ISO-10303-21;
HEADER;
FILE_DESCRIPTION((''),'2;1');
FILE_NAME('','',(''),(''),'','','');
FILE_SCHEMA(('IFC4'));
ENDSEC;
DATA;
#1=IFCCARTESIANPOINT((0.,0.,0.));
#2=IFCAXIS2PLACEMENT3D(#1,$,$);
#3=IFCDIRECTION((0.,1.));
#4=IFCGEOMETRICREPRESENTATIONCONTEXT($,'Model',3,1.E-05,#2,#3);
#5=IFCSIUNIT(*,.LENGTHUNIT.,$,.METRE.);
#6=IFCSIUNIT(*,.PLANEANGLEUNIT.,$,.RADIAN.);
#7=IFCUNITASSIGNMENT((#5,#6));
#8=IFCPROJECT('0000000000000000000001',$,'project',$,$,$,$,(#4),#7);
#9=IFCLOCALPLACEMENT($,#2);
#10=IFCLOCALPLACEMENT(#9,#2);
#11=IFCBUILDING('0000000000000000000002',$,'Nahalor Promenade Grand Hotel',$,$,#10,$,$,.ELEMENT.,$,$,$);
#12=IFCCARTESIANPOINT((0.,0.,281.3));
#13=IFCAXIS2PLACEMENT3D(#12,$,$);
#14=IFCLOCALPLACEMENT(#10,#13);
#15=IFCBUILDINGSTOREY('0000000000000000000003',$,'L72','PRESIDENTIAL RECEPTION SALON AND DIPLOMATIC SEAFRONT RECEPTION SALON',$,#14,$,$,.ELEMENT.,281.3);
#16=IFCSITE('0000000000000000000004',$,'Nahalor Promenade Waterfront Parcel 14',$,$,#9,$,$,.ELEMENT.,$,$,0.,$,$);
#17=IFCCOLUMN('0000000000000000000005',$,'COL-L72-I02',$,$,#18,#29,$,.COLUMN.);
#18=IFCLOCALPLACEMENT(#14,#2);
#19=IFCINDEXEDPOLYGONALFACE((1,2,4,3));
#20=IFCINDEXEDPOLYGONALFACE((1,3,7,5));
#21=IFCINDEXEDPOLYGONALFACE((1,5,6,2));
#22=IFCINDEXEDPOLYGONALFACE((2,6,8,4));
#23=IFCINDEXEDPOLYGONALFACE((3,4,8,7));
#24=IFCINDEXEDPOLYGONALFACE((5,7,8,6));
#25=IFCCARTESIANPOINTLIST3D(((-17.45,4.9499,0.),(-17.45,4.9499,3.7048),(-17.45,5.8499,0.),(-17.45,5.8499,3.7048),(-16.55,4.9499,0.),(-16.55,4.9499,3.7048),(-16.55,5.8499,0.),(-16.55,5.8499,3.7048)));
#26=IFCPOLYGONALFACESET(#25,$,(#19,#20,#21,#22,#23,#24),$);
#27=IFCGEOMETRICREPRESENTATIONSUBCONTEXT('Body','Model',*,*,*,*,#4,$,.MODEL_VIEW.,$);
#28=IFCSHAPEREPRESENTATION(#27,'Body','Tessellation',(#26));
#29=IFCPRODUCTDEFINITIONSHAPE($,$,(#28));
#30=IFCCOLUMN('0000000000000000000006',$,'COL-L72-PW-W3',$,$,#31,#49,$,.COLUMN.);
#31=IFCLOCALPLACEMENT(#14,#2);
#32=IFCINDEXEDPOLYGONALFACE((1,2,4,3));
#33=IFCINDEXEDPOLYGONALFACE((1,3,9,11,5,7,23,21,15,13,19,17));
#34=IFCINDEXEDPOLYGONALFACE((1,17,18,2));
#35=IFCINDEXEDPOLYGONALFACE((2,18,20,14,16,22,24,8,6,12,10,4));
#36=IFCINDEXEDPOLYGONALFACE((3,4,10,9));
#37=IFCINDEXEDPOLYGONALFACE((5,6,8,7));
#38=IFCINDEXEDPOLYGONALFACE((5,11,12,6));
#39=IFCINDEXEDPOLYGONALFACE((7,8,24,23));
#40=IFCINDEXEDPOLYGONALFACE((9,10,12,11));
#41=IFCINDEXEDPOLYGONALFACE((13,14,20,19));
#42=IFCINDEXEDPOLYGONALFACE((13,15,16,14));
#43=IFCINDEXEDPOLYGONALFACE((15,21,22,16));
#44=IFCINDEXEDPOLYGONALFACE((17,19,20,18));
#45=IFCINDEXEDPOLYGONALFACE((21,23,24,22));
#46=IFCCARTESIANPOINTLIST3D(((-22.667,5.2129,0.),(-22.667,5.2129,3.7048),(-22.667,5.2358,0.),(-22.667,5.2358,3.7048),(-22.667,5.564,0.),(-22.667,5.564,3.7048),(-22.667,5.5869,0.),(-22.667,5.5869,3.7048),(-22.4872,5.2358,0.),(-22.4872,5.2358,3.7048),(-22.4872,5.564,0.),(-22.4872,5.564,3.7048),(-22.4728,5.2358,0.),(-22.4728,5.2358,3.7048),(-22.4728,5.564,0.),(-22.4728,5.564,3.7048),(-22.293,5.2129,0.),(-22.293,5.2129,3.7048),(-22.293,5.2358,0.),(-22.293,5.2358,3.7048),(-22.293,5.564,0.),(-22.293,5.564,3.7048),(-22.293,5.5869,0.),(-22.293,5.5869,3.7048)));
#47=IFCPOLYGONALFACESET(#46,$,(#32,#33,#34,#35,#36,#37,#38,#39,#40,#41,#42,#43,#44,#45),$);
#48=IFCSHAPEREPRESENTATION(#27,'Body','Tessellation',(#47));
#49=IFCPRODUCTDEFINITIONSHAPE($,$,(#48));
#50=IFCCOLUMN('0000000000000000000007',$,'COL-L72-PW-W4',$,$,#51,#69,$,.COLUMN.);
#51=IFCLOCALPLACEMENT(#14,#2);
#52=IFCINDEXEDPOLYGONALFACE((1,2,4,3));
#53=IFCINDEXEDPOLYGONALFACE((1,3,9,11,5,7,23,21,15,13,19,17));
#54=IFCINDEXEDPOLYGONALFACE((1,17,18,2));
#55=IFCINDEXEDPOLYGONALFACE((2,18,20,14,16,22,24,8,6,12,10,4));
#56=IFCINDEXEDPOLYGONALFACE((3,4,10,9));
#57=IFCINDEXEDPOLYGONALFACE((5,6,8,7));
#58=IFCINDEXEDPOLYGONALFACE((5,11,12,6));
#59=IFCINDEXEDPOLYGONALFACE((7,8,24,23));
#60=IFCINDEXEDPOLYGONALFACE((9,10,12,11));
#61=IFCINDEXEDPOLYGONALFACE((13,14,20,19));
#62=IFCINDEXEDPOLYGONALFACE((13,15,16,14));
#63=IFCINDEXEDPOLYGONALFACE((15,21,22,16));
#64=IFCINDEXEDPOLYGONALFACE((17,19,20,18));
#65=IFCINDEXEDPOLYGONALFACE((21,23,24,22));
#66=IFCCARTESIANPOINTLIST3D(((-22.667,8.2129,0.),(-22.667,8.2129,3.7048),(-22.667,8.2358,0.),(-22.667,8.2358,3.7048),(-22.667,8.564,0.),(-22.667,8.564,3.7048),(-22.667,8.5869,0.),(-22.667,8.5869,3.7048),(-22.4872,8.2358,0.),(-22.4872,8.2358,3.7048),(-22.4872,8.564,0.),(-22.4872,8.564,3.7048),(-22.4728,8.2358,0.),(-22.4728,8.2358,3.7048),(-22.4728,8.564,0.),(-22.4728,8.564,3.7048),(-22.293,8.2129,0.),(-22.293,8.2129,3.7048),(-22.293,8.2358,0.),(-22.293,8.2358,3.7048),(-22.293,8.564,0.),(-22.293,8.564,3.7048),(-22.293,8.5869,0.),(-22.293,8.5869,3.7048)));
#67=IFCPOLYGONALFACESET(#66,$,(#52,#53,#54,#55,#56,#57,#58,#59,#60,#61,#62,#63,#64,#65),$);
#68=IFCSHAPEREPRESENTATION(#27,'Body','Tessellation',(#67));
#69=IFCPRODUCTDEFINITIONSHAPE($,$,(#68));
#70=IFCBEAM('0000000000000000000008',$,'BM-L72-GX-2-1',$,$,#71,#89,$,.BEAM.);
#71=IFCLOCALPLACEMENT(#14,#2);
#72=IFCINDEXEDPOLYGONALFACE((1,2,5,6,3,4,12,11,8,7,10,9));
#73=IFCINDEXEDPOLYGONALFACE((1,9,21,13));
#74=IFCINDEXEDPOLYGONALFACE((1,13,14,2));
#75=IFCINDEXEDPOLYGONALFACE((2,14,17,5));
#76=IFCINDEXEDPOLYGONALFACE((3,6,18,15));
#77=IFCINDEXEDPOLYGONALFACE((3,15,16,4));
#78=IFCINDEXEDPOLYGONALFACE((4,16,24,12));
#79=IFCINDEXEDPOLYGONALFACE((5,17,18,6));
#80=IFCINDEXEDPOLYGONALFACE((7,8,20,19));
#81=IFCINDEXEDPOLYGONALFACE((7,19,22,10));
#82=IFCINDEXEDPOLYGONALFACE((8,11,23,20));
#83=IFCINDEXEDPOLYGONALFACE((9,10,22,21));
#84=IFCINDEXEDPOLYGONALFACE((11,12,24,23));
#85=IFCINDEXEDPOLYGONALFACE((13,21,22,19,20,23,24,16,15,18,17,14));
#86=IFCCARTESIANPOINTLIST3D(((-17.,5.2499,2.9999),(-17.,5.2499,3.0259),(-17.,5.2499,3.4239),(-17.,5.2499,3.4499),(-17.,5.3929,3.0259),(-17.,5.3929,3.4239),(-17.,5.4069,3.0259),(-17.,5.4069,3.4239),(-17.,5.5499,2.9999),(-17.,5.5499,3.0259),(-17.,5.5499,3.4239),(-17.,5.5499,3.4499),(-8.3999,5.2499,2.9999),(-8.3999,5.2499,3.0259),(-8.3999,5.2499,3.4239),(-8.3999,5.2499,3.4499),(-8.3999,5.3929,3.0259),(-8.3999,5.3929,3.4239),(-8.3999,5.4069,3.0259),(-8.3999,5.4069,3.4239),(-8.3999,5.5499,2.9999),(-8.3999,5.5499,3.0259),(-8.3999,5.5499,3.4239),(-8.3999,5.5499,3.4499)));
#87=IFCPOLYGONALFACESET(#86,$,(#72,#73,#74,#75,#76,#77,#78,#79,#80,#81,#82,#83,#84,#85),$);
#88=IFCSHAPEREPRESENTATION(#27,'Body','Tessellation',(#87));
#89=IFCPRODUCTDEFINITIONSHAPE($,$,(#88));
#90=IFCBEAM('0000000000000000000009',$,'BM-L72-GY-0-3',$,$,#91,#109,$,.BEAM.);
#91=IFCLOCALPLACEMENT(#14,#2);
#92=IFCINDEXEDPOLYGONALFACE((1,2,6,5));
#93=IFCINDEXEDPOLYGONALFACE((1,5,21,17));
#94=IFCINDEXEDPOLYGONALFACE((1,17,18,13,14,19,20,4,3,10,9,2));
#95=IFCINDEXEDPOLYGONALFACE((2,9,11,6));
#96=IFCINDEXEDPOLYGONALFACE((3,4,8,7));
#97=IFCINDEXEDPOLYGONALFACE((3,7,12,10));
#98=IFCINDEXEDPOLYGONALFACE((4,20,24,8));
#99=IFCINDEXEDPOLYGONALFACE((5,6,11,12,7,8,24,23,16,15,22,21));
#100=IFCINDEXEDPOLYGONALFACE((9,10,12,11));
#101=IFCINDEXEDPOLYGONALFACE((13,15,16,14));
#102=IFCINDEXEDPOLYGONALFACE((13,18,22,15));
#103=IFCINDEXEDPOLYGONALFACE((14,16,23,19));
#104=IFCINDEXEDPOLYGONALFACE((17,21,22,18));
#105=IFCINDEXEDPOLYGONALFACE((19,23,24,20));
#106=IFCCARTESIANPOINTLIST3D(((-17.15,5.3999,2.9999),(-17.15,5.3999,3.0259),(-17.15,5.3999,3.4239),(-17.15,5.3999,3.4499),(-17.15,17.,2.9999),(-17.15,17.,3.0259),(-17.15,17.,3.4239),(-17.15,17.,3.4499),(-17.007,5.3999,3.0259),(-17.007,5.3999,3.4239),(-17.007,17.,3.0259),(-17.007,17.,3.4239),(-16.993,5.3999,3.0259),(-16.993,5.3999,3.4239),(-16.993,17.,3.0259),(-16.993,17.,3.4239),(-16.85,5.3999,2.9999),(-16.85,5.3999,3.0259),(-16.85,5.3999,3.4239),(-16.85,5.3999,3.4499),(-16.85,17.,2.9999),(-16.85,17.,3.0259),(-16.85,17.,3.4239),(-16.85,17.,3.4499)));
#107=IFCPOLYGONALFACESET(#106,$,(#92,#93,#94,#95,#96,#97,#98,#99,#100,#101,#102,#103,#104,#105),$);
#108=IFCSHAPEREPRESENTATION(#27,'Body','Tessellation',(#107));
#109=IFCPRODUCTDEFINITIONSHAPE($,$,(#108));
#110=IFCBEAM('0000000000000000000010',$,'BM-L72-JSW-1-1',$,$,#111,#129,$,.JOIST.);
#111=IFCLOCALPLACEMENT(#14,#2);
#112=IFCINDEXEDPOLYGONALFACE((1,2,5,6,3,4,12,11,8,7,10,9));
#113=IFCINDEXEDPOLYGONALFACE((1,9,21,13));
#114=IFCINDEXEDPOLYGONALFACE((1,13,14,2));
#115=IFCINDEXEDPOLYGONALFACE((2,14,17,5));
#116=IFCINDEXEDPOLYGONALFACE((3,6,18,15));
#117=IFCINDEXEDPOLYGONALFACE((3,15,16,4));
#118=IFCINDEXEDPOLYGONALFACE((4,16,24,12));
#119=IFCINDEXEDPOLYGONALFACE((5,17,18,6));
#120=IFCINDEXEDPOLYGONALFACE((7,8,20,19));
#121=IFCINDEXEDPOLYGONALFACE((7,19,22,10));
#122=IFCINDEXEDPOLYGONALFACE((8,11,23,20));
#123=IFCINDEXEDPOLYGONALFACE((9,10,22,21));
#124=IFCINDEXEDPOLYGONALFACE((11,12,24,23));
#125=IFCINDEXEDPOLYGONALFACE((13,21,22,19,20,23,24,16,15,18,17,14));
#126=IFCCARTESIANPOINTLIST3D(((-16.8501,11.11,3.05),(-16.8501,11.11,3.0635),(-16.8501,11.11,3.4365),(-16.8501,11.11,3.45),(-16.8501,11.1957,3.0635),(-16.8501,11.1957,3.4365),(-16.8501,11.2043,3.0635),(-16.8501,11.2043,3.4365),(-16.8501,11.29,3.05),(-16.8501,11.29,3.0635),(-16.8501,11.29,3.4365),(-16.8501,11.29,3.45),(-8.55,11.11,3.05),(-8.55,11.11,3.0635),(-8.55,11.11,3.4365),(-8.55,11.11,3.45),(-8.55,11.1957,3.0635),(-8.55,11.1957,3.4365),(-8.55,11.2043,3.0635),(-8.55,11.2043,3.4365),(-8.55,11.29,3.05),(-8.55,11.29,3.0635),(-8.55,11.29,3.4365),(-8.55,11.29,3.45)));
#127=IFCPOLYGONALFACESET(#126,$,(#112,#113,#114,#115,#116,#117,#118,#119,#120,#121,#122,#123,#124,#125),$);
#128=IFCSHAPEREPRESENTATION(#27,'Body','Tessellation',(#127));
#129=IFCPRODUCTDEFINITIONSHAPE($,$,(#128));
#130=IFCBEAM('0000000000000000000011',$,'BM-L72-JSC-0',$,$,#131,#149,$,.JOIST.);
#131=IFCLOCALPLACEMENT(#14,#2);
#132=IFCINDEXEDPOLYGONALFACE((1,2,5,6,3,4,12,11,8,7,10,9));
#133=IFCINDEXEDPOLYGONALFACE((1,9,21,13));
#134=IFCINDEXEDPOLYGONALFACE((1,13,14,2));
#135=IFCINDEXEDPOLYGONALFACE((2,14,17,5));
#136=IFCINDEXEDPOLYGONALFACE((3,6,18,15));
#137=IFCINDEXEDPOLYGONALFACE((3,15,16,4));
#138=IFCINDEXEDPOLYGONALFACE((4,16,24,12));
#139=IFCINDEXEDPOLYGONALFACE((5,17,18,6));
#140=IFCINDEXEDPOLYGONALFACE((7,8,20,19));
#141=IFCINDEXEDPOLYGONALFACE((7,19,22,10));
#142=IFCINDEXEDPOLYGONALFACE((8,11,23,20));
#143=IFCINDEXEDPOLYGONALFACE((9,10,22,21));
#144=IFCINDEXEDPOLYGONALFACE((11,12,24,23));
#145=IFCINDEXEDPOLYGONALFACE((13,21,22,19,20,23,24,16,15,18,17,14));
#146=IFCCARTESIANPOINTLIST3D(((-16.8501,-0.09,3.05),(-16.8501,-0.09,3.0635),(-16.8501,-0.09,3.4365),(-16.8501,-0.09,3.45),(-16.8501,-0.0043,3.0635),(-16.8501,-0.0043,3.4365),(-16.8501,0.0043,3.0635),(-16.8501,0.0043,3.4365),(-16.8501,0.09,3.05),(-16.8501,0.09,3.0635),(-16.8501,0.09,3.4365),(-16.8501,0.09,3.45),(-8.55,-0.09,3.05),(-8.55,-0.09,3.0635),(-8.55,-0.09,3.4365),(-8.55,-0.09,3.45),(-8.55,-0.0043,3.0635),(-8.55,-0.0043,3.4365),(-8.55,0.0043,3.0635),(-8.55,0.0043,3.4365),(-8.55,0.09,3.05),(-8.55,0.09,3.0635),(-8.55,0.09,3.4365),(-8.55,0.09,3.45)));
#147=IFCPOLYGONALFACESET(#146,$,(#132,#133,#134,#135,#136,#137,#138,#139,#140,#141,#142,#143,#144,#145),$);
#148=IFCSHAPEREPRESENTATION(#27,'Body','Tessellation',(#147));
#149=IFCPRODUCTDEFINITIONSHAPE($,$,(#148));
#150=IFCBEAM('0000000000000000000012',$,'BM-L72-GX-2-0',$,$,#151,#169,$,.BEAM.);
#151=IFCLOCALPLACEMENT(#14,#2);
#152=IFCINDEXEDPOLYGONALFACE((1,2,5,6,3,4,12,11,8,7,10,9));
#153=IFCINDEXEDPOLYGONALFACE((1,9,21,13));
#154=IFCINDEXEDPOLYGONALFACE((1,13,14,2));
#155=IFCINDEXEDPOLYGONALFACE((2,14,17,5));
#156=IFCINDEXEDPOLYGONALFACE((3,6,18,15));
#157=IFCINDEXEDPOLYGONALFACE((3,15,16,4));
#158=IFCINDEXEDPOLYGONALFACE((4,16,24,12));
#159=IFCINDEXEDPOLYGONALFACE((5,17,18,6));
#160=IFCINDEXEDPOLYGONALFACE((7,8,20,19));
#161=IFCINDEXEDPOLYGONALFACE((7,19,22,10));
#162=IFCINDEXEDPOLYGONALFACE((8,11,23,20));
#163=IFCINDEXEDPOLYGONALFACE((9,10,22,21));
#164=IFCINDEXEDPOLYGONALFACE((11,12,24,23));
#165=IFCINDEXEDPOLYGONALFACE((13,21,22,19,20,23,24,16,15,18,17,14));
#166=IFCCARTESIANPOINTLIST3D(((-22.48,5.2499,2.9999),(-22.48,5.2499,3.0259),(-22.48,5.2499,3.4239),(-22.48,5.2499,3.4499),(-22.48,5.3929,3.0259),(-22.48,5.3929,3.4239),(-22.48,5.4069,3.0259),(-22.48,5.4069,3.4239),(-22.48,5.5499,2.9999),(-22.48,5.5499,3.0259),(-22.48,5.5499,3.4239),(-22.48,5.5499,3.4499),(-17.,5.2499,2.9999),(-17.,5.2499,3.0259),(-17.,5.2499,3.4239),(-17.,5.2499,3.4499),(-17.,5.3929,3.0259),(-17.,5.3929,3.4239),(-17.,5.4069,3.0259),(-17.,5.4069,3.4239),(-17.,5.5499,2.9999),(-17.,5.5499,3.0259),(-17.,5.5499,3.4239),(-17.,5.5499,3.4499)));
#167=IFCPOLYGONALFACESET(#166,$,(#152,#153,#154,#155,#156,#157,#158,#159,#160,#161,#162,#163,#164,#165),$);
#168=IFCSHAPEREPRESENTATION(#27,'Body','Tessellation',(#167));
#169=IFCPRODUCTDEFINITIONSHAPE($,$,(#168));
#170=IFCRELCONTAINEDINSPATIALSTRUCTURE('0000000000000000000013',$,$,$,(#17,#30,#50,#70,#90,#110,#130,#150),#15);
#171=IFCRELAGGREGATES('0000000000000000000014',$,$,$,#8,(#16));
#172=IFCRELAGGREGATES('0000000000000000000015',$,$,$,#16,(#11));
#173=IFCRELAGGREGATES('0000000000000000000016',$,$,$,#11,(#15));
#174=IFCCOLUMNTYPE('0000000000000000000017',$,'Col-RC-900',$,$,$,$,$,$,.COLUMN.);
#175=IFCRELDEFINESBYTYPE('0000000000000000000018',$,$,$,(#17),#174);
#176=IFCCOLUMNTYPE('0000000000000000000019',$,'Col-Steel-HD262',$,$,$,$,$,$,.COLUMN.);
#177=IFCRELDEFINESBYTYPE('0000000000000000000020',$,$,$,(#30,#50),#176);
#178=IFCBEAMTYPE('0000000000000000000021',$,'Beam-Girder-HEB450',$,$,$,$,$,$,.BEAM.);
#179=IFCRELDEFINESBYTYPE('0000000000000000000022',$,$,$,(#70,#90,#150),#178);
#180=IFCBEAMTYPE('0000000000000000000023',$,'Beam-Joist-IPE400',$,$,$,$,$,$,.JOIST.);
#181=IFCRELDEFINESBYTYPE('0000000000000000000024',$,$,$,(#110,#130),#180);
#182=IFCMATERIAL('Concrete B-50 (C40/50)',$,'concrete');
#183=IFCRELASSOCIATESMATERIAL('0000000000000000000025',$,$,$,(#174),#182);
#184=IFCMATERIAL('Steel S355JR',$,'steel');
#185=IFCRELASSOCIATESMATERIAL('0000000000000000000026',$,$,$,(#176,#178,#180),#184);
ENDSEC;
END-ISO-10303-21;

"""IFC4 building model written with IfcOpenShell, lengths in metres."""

from ifc_helpers import new_model, si_unit, direction, frame, origin, origin_2d, place, context, subcontext, project, spatial, rectangle, i_section, extrude, source, transform, mapped, material, material_profile, profile_set, type_object, element, save


model = new_model("IFC4")

# Units and contexts
model_context = context("Model", 3, precision=1e-05, world=origin(), true_north=direction((0.0, 1.0)))
body_context = subcontext(model_context, "Body", "Model", "MODEL_VIEW")
ifc_project = project(units=[si_unit("LENGTHUNIT", "METRE"), si_unit("PLANEANGLEUNIT", "RADIAN")], contexts=[model_context])

# Site, building, storey
site_placement = place(None, origin())
site = spatial("IfcSite", under=ifc_project, at=site_placement, Name="Nahalor Promenade Waterfront Parcel 14", CompositionType="ELEMENT", RefElevation=0.0)
building_placement = place(site_placement, origin())
building = spatial("IfcBuilding", under=site, at=building_placement, Name="Nahalor Promenade Grand Hotel", CompositionType="ELEMENT")
storey_placement = place(building_placement, frame((0.0, 0.0, 281.3)))
storey = spatial("IfcBuildingStorey", under=building, at=storey_placement, Name="L72", Description="PRESIDENTIAL RECEPTION SALON AND DIPLOMATIC SEAFRONT RECEPTION SALON", CompositionType="ELEMENT", Elevation=281.3)

# Columns
ifc_material_1 = material(Name="Concrete B-50 (C40/50)", Category="concrete")
ifc_material_profile_1 = material_profile(ifc_material_1, rectangle(XDim=0.9, YDim=0.9, at=origin_2d()), Name="RC 900x900")
ifc_profile_set_1 = profile_set([ifc_material_profile_1], Name="Concrete B-50 (C40/50)")
column_type_1 = type_object("IfcColumnType", Name="Col-RC-900", PredefinedType="COLUMN", material=ifc_profile_set_1)
shared_shape_1 = source(origin(), body_context, "Body", "SweptSolid", [
    extrude(rectangle(XDim=0.9, YDim=0.9, at=origin_2d()), origin(), (0.0, 0.0, 1.0), 3.7048),
])
column_placement = place(storey_placement, frame((-17.0, 5.3999, 0.0), z_axis=(0.0, 0.0, 1.0), x_axis=(1.0, 0.0, 0.0)))
element("IfcColumn", 1, at=column_placement, inside=storey, type_object=column_type_1, Name="COL-L72-I02", PredefinedType="COLUMN", context=body_context, shape_type="MappedRepresentation", body=[
    mapped(shared_shape_1, transform((0.0, 0.0, 0.0), scale=1.0)),
])
ifc_material_2 = material(Name="Steel S355JR", Category="steel")
ifc_material_profile_2 = material_profile(ifc_material_2, i_section(OverallWidth=0.374, OverallDepth=0.374, WebThickness=0.0144, FlangeThickness=0.0229, at=origin_2d()), Name="HD 360x262")
ifc_profile_set_2 = profile_set([ifc_material_profile_2], Name="Steel S355JR")
column_type_2 = type_object("IfcColumnType", Name="Col-Steel-HD262", PredefinedType="COLUMN", material=ifc_profile_set_2)
shared_shape_2 = source(origin(), body_context, "Body", "SweptSolid", [
    extrude(i_section(OverallWidth=0.374, OverallDepth=0.374, WebThickness=0.0144, FlangeThickness=0.0229, at=origin_2d()), origin(), (0.0, 0.0, 1.0), 3.7048),
])
for number, where, z_axis, x_axis, name in (
    (2, (-22.48, 5.3999, 0.0), (0.0, 0.0, 1.0), (1.0, 0.0, 0.0), "COL-L72-PW-W3"),
    (3, (-22.48, 8.3999, 0.0), (0.0, 0.0, 1.0), (1.0, 0.0, 0.0), "COL-L72-PW-W4"),
):
    element("IfcColumn", number, at=place(storey_placement, frame(where, z_axis=z_axis, x_axis=x_axis)), inside=storey, type_object=column_type_2, Name=name, PredefinedType="COLUMN", context=body_context, shape_type="MappedRepresentation", body=[
        mapped(shared_shape_2, transform((0.0, 0.0, 0.0), scale=1.0)),
    ])

# Beams
ifc_material_profile_3 = material_profile(ifc_material_2, i_section(OverallWidth=0.3, OverallDepth=0.45, WebThickness=0.014, FlangeThickness=0.026, at=origin_2d()), Name="HEB 450")
ifc_profile_set_3 = profile_set([ifc_material_profile_3], Name="Steel S355JR")
beam_type_1 = type_object("IfcBeamType", Name="Beam-Girder-HEB450", PredefinedType="BEAM", material=ifc_profile_set_3)
shared_shape_3 = source(origin(), body_context, "Body", "SweptSolid", [
    extrude(i_section(OverallWidth=0.3, OverallDepth=0.45, WebThickness=0.014, FlangeThickness=0.026, at=origin_2d()), origin(), (0.0, 0.0, 1.0), 8.6001),
])
beam_1_placement = place(storey_placement, frame((-17.0, 5.3999, 3.2249), z_axis=(1.0, 0.0, 0.0), x_axis=(0.0, 1.0, 0.0)))
element("IfcBeam", 4, at=beam_1_placement, inside=storey, type_object=beam_type_1, Name="BM-L72-GX-2-1", PredefinedType="BEAM", context=body_context, shape_type="MappedRepresentation", body=[
    mapped(shared_shape_3, transform((0.0, 0.0, 0.0), scale=1.0)),
])
shared_shape_4 = source(origin(), body_context, "Body", "SweptSolid", [
    extrude(i_section(OverallWidth=0.3, OverallDepth=0.45, WebThickness=0.014, FlangeThickness=0.026, at=origin_2d()), origin(), (0.0, 0.0, 1.0), 11.6001),
])
beam_2_placement = place(storey_placement, frame((-17.0, 5.3999, 3.2249), z_axis=(0.0, 1.0, 0.0), x_axis=(-1.0, 0.0, 0.0)))
element("IfcBeam", 5, at=beam_2_placement, inside=storey, type_object=beam_type_1, Name="BM-L72-GY-0-3", PredefinedType="BEAM", context=body_context, shape_type="MappedRepresentation", body=[
    mapped(shared_shape_4, transform((0.0, 0.0, 0.0), scale=1.0)),
])
ifc_material_profile_4 = material_profile(ifc_material_2, i_section(OverallWidth=0.18, OverallDepth=0.4, WebThickness=0.0086, FlangeThickness=0.0135, at=origin_2d()), Name="IPE 400")
ifc_profile_set_4 = profile_set([ifc_material_profile_4], Name="Steel S355JR")
beam_type_2 = type_object("IfcBeamType", Name="Beam-Joist-IPE400", PredefinedType="JOIST", material=ifc_profile_set_4)
shared_shape_5 = source(origin(), body_context, "Body", "SweptSolid", [
    extrude(i_section(OverallWidth=0.18, OverallDepth=0.4, WebThickness=0.0086, FlangeThickness=0.0135, at=origin_2d()), origin(), (0.0, 0.0, 1.0), 8.3),
])
for number, where, z_axis, x_axis, name in (
    (6, (-16.8501, 11.2, 3.25), (1.0, 0.0, 0.0), (0.0, 1.0, 0.0), "BM-L72-JSW-1-1"),
    (7, (-16.8501, 0.0, 3.25), (1.0, 0.0, 0.0), (0.0, 1.0, 0.0), "BM-L72-JSC-0"),
):
    element("IfcBeam", number, at=place(storey_placement, frame(where, z_axis=z_axis, x_axis=x_axis)), inside=storey, type_object=beam_type_2, Name=name, PredefinedType="JOIST", context=body_context, shape_type="MappedRepresentation", body=[
        mapped(shared_shape_5, transform((0.0, 0.0, 0.0), scale=1.0)),
    ])
shared_shape_6 = source(origin(), body_context, "Body", "SweptSolid", [
    extrude(i_section(OverallWidth=0.3, OverallDepth=0.45, WebThickness=0.014, FlangeThickness=0.026, at=origin_2d()), origin(), (0.0, 0.0, 1.0), 5.48),
])
beam_3_placement = place(storey_placement, frame((-22.48, 5.3999, 3.2249), z_axis=(1.0, 0.0, 0.0), x_axis=(0.0, 1.0, 0.0)))
element("IfcBeam", 8, at=beam_3_placement, inside=storey, type_object=beam_type_1, Name="BM-L72-GX-2-0", PredefinedType="BEAM", context=body_context, shape_type="MappedRepresentation", body=[
    mapped(shared_shape_6, transform((0.0, 0.0, 0.0), scale=1.0)),
])

save(model, "model.ifc")
